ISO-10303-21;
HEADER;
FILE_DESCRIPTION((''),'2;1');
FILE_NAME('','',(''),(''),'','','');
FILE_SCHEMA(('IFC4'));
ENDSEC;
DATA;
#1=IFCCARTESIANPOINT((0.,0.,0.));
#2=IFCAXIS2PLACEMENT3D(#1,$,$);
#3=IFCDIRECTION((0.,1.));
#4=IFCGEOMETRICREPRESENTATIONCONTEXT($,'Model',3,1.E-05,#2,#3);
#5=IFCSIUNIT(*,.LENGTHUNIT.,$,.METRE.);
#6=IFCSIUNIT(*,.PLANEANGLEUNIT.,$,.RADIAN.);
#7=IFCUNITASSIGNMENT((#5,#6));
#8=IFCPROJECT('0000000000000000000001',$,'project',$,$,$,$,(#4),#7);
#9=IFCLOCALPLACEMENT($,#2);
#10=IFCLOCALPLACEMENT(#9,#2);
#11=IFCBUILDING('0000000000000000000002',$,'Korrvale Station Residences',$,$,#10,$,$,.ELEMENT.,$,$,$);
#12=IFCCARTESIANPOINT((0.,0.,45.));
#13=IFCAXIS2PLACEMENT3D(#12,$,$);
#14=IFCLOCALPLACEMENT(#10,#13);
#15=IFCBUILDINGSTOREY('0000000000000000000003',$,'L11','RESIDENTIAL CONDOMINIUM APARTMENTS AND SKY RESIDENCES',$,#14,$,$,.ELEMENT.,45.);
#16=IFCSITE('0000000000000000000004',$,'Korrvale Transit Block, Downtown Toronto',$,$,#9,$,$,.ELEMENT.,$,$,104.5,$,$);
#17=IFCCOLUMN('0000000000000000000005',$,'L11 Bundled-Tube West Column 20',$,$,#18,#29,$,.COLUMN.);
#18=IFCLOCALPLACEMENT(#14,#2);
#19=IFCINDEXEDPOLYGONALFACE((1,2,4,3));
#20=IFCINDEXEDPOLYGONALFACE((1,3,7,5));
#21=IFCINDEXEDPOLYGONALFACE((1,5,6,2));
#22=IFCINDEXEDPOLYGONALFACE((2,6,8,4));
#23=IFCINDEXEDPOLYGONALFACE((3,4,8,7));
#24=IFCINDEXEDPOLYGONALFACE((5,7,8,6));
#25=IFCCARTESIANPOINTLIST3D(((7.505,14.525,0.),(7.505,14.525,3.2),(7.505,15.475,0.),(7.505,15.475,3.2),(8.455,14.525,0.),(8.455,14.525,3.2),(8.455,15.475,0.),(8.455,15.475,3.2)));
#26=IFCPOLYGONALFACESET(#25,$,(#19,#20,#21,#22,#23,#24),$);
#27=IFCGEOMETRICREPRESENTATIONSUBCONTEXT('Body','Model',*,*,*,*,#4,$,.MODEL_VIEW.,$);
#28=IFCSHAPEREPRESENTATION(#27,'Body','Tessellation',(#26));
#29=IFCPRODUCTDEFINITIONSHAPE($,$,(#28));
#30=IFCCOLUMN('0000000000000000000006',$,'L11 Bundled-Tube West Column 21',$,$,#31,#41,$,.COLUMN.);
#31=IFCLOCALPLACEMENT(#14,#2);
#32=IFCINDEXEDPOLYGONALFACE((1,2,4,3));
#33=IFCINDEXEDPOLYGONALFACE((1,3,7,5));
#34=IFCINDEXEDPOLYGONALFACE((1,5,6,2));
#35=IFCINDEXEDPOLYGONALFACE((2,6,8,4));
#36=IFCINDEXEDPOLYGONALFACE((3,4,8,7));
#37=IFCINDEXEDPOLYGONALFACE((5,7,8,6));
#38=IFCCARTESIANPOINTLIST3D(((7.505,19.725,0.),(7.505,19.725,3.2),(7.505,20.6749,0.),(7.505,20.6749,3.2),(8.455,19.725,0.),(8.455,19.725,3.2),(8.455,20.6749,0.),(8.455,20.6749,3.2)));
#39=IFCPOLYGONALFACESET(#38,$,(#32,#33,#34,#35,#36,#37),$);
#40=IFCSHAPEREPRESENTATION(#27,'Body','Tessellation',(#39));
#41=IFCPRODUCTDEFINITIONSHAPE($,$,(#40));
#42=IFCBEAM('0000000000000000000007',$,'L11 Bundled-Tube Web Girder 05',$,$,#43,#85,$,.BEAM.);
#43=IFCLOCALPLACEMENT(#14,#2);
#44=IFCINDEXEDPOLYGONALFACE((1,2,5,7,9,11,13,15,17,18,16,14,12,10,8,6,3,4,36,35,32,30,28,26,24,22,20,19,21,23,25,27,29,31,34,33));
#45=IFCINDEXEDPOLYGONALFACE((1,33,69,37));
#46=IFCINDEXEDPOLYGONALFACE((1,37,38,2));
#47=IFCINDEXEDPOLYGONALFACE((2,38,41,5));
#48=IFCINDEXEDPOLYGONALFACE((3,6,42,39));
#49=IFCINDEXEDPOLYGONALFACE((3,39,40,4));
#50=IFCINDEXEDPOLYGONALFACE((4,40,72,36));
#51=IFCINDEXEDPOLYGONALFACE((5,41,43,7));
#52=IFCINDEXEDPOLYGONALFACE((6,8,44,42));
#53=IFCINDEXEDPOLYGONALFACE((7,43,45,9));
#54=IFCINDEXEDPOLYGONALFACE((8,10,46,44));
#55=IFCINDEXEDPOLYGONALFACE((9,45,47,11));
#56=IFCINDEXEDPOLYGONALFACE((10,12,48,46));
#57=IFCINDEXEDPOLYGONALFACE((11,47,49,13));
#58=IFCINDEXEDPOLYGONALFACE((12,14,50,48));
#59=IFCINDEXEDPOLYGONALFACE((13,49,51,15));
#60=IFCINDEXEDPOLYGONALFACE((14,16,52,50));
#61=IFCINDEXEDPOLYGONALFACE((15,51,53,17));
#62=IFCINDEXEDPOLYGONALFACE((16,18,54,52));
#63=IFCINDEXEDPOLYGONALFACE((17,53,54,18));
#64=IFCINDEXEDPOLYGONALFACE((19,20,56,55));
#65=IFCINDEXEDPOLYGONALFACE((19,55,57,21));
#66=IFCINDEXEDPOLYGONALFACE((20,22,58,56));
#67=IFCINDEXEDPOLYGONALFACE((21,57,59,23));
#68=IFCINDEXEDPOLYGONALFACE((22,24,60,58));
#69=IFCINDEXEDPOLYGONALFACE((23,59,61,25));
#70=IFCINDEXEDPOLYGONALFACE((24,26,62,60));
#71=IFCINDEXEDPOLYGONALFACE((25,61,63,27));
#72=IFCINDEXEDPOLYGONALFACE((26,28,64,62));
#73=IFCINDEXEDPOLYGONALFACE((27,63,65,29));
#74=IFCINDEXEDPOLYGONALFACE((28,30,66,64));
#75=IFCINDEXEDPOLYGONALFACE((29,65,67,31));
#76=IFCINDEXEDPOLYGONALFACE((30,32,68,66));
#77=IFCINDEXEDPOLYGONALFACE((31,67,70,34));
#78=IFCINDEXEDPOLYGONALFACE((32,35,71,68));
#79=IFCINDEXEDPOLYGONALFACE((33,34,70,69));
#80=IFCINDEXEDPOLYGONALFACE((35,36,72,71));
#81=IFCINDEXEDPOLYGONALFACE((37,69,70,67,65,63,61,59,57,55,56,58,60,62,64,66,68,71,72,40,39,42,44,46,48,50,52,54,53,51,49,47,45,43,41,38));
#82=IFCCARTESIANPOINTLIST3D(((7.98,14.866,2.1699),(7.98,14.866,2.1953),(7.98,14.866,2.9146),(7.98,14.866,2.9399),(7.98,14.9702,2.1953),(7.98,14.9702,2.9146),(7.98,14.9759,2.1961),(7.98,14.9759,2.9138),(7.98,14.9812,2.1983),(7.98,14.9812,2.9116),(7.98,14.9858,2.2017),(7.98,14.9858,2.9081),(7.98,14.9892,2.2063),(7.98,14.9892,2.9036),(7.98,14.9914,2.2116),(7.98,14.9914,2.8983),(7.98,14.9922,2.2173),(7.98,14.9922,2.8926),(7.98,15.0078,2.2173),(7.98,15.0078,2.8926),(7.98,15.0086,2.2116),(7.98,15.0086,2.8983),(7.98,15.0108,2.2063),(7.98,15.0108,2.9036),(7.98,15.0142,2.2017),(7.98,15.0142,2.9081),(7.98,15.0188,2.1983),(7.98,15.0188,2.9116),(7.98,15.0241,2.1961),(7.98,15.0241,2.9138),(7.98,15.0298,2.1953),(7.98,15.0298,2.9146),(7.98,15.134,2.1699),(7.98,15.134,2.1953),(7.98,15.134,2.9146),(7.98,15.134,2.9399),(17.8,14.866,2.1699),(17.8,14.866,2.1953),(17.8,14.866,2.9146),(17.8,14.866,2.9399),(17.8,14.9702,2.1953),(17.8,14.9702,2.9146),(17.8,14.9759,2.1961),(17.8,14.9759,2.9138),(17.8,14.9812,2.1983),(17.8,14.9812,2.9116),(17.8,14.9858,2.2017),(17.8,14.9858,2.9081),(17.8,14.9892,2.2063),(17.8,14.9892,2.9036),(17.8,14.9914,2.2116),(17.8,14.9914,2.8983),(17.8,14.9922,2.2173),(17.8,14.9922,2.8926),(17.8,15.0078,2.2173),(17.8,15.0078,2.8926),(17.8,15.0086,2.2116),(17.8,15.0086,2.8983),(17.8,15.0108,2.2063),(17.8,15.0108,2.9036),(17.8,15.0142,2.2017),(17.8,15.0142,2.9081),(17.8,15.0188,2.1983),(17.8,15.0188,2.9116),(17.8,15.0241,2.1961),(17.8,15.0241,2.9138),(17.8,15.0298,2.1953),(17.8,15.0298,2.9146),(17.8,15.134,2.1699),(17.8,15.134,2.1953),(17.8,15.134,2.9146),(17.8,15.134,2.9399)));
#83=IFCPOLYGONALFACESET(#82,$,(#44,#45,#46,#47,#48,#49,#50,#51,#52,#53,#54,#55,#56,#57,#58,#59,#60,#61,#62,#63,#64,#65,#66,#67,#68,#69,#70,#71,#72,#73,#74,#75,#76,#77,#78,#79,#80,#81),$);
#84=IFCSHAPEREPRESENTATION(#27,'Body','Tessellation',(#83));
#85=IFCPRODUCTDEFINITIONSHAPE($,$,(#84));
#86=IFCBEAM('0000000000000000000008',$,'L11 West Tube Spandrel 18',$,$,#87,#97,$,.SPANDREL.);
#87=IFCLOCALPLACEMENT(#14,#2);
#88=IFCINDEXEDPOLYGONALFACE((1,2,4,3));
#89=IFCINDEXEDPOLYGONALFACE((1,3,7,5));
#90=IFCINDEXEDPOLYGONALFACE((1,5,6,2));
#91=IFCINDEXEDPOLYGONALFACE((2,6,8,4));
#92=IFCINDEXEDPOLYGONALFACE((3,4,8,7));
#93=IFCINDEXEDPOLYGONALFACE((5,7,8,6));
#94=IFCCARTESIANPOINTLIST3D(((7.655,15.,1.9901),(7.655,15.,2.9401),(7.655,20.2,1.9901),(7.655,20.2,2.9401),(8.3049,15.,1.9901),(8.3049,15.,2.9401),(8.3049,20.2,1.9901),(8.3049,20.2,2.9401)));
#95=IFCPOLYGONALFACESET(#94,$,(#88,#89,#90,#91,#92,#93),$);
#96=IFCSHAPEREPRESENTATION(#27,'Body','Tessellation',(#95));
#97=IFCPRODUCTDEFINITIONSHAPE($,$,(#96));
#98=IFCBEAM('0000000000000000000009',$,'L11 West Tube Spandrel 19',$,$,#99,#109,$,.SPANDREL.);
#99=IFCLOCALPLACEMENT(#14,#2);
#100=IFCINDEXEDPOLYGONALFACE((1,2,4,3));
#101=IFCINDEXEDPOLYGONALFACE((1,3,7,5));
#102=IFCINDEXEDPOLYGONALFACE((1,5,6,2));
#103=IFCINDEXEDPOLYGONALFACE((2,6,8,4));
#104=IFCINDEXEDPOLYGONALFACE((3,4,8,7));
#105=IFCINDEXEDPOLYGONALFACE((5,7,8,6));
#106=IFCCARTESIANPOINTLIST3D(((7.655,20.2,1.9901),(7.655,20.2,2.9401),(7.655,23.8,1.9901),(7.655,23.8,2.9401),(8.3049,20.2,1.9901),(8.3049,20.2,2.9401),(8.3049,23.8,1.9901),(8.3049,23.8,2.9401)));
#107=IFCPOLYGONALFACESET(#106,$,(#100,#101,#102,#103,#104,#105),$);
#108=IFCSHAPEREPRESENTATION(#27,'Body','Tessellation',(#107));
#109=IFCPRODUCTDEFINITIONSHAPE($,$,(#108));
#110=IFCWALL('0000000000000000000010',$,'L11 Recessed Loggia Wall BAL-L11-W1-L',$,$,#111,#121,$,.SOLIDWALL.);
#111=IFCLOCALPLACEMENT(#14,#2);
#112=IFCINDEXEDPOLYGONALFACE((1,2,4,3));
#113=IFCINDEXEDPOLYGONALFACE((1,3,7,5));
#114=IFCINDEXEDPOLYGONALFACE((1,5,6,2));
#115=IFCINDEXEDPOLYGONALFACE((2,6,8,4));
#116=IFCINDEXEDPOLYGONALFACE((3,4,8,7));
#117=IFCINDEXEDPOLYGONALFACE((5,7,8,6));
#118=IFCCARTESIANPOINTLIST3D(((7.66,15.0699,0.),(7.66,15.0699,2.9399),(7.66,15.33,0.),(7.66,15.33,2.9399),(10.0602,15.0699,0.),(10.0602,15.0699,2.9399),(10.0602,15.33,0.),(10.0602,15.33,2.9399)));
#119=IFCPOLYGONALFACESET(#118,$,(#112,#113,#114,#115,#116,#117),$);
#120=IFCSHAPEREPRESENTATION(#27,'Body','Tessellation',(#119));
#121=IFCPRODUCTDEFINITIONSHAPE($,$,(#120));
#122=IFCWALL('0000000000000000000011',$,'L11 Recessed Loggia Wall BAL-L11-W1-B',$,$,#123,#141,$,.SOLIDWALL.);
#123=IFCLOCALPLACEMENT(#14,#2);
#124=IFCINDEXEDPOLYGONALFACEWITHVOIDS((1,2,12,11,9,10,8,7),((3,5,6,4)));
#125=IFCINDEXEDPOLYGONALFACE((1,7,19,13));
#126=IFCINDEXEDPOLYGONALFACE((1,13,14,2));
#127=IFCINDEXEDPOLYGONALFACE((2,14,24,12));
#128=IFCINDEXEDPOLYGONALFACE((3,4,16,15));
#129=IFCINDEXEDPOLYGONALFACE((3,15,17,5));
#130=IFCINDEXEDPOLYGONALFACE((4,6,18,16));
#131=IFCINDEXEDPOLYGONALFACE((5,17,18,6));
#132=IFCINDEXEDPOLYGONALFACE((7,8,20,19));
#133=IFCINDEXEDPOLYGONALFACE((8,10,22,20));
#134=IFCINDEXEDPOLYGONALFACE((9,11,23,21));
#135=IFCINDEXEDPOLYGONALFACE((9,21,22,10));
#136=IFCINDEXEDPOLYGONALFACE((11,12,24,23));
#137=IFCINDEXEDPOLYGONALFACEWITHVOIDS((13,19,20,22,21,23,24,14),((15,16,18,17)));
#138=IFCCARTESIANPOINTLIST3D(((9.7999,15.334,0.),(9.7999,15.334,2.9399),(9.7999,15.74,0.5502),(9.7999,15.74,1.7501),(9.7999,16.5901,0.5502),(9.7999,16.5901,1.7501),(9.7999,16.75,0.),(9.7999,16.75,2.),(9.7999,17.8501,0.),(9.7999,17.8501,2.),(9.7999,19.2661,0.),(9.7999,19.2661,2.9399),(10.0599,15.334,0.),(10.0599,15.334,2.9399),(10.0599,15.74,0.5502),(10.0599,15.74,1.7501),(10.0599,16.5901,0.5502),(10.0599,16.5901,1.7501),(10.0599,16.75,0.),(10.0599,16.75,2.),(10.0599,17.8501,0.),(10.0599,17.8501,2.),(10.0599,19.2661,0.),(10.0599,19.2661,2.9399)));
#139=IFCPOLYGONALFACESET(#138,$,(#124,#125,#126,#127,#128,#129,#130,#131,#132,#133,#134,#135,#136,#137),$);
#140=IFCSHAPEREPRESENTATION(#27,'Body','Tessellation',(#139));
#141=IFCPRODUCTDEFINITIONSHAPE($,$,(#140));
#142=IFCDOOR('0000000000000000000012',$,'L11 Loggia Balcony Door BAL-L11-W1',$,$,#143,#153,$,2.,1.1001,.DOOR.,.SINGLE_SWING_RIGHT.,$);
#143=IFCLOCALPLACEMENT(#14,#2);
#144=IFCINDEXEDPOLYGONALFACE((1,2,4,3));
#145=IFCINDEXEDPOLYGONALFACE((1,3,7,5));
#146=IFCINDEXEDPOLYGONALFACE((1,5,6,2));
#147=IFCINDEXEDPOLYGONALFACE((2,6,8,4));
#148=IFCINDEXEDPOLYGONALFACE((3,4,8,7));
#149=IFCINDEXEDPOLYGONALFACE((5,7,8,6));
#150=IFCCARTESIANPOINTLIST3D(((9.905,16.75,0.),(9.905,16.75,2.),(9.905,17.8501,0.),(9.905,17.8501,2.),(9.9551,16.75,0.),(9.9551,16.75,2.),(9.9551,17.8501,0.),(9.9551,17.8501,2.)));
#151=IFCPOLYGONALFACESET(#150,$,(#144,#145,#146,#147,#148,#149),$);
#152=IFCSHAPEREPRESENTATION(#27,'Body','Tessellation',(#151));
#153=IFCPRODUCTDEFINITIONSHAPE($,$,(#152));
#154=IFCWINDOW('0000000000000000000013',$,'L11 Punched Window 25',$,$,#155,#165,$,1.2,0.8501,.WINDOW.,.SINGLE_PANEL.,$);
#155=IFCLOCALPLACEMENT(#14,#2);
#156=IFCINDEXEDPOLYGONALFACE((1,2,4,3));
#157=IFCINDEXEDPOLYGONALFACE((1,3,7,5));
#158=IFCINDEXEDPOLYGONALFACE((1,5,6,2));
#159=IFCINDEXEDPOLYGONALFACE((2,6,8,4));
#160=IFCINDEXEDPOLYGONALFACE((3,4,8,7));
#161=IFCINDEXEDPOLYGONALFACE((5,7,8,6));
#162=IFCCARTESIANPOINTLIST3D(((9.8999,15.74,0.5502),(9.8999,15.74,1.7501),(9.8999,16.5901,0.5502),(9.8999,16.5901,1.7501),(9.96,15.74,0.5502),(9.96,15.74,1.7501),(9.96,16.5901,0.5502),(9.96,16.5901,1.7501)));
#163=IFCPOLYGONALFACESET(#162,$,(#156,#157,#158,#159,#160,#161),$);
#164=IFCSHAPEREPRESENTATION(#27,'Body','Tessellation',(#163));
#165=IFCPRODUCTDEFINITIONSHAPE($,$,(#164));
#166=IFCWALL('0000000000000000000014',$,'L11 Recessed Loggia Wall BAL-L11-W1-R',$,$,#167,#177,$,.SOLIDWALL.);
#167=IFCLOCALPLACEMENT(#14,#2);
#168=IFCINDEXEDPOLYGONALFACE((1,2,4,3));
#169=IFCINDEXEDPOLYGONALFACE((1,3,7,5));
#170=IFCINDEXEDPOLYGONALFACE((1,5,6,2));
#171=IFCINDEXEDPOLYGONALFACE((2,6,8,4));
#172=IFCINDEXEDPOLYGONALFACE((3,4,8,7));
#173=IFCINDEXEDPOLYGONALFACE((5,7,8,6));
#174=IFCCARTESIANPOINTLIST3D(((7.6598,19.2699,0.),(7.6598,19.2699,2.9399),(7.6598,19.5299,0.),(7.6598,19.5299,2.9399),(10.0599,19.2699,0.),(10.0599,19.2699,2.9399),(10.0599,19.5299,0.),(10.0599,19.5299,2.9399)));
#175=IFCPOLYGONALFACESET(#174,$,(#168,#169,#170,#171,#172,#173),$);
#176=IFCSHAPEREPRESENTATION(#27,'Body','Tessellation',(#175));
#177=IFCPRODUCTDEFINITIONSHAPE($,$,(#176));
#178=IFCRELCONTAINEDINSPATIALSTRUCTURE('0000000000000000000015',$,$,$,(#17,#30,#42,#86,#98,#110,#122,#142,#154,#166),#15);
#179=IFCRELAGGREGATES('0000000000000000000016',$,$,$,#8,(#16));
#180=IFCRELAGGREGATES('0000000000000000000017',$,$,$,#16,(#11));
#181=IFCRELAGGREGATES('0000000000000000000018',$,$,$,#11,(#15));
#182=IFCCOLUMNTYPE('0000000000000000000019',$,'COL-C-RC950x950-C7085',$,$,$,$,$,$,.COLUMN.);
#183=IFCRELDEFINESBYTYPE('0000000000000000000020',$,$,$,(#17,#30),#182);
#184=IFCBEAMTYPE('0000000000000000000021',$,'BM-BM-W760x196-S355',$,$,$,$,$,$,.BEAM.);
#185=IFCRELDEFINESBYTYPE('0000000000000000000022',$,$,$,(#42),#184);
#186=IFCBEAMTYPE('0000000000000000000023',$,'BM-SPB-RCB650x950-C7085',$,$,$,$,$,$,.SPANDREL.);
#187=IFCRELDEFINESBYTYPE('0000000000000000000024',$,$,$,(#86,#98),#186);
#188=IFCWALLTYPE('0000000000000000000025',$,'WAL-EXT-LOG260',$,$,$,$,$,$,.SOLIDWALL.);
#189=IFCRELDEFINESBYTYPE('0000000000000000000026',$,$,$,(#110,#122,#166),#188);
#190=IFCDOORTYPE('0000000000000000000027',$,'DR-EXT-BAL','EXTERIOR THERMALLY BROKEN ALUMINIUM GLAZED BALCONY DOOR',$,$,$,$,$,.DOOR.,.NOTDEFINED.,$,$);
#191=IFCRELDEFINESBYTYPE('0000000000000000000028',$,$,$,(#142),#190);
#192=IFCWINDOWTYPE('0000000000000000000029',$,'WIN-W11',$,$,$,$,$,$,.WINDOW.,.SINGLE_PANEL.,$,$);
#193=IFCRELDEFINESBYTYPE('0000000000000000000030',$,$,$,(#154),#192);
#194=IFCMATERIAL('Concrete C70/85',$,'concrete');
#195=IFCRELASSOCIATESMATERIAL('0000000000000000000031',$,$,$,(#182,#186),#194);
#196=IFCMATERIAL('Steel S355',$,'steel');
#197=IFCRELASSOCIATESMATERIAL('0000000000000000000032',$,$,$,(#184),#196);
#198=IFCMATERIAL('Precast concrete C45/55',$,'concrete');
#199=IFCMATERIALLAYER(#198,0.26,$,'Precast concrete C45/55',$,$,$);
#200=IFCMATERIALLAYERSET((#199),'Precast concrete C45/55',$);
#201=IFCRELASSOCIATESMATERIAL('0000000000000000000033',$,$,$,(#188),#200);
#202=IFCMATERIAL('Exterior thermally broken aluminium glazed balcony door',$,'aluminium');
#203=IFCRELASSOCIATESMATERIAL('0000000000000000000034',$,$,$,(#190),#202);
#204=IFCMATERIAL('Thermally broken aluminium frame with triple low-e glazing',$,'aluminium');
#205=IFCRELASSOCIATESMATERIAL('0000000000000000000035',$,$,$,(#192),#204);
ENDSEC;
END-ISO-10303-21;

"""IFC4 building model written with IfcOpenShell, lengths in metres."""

from ifc_helpers import new_model, si_unit, direction, frame, frame_2d, origin, origin_2d, place, context, subcontext, project, spatial, rectangle, i_section, extrude, material, layer, layer_set, material_profile, profile_set, type_object, element, fill, save


model = new_model("IFC4")

# Units and contexts
model_context = context("Model", 3, precision=1e-05, world=origin(), true_north=direction((0.0, 1.0)))
body_context = subcontext(model_context, "Body", "Model", "MODEL_VIEW")
ifc_project = project(units=[si_unit("LENGTHUNIT", "METRE"), si_unit("PLANEANGLEUNIT", "RADIAN")], contexts=[model_context])

# Site, building, storey
site_placement = place(None, origin())
site = spatial("IfcSite", under=ifc_project, at=site_placement, Name="Korrvale Transit Block, Downtown Toronto", CompositionType="ELEMENT", RefElevation=104.5)
building_placement = place(site_placement, origin())
building = spatial("IfcBuilding", under=site, at=building_placement, Name="Korrvale Station Residences", CompositionType="ELEMENT")
storey_placement = place(building_placement, frame((0.0, 0.0, 45.0)))
storey = spatial("IfcBuildingStorey", under=building, at=storey_placement, Name="L11", Description="RESIDENTIAL CONDOMINIUM APARTMENTS AND SKY RESIDENCES", CompositionType="ELEMENT", Elevation=45.0)

# Columns
ifc_material_1 = material(Name="Concrete C70/85", Category="concrete")
ifc_material_profile_1 = material_profile(ifc_material_1, rectangle(XDim=0.95, YDim=0.95, at=origin_2d()), Name="RC950x950")
ifc_profile_set_1 = profile_set([ifc_material_profile_1], Name="Concrete C70/85")
column_type = type_object("IfcColumnType", Name="COL-C-RC950x950-C7085", PredefinedType="COLUMN", material=ifc_profile_set_1)
for number, where, z_axis, x_axis, name in (
    (1, (7.98, 15.0, 0.0), (0.0, 0.0, 1.0), (1.0, 0.0, 0.0), "L11 Bundled-Tube West Column 20"),
    (2, (7.98, 20.2, 0.0), (0.0, 0.0, 1.0), (1.0, 0.0, 0.0), "L11 Bundled-Tube West Column 21"),
):
    element("IfcColumn", number, at=place(storey_placement, frame(where, z_axis=z_axis, x_axis=x_axis)), inside=storey, type_object=column_type, Name=name, PredefinedType="COLUMN", context=body_context, shape_type="SweptSolid", body=[
        extrude(rectangle(XDim=0.95, YDim=0.95, at=origin_2d()), origin(), (0.0, 0.0, 1.0), 3.2),
    ])

# Beams
ifc_material_2 = material(Name="Steel S355", Category="steel")
ifc_material_profile_2 = material_profile(ifc_material_2, i_section(OverallWidth=0.2681, OverallDepth=0.77, WebThickness=0.0156, FlangeThickness=0.0254, FilletRadius=0.022, at=origin_2d()), Name="W760x196")
ifc_profile_set_2 = profile_set([ifc_material_profile_2], Name="Steel S355")
beam_type_1 = type_object("IfcBeamType", Name="BM-BM-W760x196-S355", PredefinedType="BEAM", material=ifc_profile_set_2)
beam_1_placement = place(storey_placement, frame((7.98, 15.0, 2.5549), z_axis=(1.0, 0.0, 0.0), x_axis=(0.0, 1.0, 0.0)))
element("IfcBeam", 3, at=beam_1_placement, inside=storey, type_object=beam_type_1, Name="L11 Bundled-Tube Web Girder 05", PredefinedType="BEAM", context=body_context, shape_type="SweptSolid", body=[
    extrude(i_section(OverallWidth=0.2681, OverallDepth=0.77, WebThickness=0.0156, FlangeThickness=0.0254, FilletRadius=0.022, at=origin_2d()), origin(), (0.0, 0.0, 1.0), 9.8201),
])
ifc_material_profile_3 = material_profile(ifc_material_1, rectangle(XDim=0.6499, YDim=0.95, at=origin_2d()), Name="RCB650x950")
ifc_profile_set_3 = profile_set([ifc_material_profile_3], Name="Concrete C70/85")
beam_type_2 = type_object("IfcBeamType", Name="BM-SPB-RCB650x950-C7085", PredefinedType="SPANDREL", material=ifc_profile_set_3)
beam_2_placement = place(storey_placement, frame((7.98, 15.0, 2.4651), z_axis=(0.0, 1.0, 0.0), x_axis=(-1.0, 0.0, 0.0)))
element("IfcBeam", 4, at=beam_2_placement, inside=storey, type_object=beam_type_2, Name="L11 West Tube Spandrel 18", PredefinedType="SPANDREL", context=body_context, shape_type="SweptSolid", body=[
    extrude(rectangle(XDim=0.6499, YDim=0.95, at=origin_2d()), origin(), (0.0, 0.0, 1.0), 5.2),
])
beam_3_placement = place(storey_placement, frame((7.98, 20.2, 2.4651), z_axis=(0.0, 1.0, 0.0), x_axis=(-1.0, 0.0, 0.0)))
element("IfcBeam", 5, at=beam_3_placement, inside=storey, type_object=beam_type_2, Name="L11 West Tube Spandrel 19", PredefinedType="SPANDREL", context=body_context, shape_type="SweptSolid", body=[
    extrude(rectangle(XDim=0.6499, YDim=0.95, at=origin_2d()), origin(), (0.0, 0.0, 1.0), 3.6001),
])

# Wall
ifc_material_3 = material(Name="Precast concrete C45/55", Category="concrete")
ifc_layer_1 = layer(ifc_material_3, 0.26, Name="Precast concrete C45/55")
ifc_layer_set_1 = layer_set([ifc_layer_1], Name="Precast concrete C45/55")
wall_type_1 = type_object("IfcWallType", Name="WAL-EXT-LOG260", PredefinedType="SOLIDWALL", material=ifc_layer_set_1)
wall_1_placement = place(storey_placement, frame((7.6599, 15.2, 0.0), z_axis=(0.0, 0.0, 1.0), x_axis=(1.0, 0.0, 0.0)))
element("IfcWall", 6, at=wall_1_placement, inside=storey, type_object=wall_type_1, Name="L11 Recessed Loggia Wall BAL-L11-W1-L", PredefinedType="SOLIDWALL", context=body_context, shape_type="SweptSolid", body=[
    extrude(rectangle(XDim=2.4001, YDim=0.26, at=frame_2d((1.2002, 0.0))), origin(), (0.0, 0.0, 1.0), 2.9399),
])

# Wall, openings, door, window
wall_2_placement = place(storey_placement, frame((9.9299, 15.334, 0.0), z_axis=(0.0, 0.0, 1.0), x_axis=(0.0, 1.0, 0.0)))
wall_2 = element("IfcWall", 7, at=wall_2_placement, inside=storey, type_object=wall_type_1, Name="L11 Recessed Loggia Wall BAL-L11-W1-B", PredefinedType="SOLIDWALL", context=body_context, shape_type="SweptSolid", body=[
    extrude(rectangle(XDim=3.9321, YDim=0.26, at=frame_2d((1.9661, 0.0))), origin(), (0.0, 0.0, 1.0), 2.9399),
])
opening_1_placement = place(wall_2_placement, frame((1.416, 0.0, 0.0)))
opening_1 = element("IfcOpeningElement", 8, at=opening_1_placement, cuts=wall_2, PredefinedType="OPENING", context=body_context, shape_type="SweptSolid", body=[
    extrude(rectangle(XDim=1.1001, YDim=2.0, at=frame_2d((0.55, 1.0))), frame((0.0, 0.1401, 0.0), z_axis=(0.0, -1.0, 0.0), x_axis=(1.0, 0.0, 0.0)), (0.0, 0.0, 1.0), 0.28),
])
opening_2_placement = place(wall_2_placement, frame((0.406, 0.0, 0.55)))
opening_2 = element("IfcOpeningElement", 9, at=opening_2_placement, cuts=wall_2, PredefinedType="OPENING", context=body_context, shape_type="SweptSolid", body=[
    extrude(rectangle(XDim=0.8501, YDim=1.2, at=frame_2d((0.425, 0.6001))), frame((0.0, 0.1401, 0.0), z_axis=(0.0, -1.0, 0.0), x_axis=(1.0, 0.0, 0.0)), (0.0, 0.0, 1.0), 0.28),
])
ifc_material_4 = material(Name="Exterior thermally broken aluminium glazed balcony door", Category="aluminium")
door_type = type_object("IfcDoorType", Name="DR-EXT-BAL", Description="EXTERIOR THERMALLY BROKEN ALUMINIUM GLAZED BALCONY DOOR", OperationType="NOTDEFINED", PredefinedType="DOOR", material=ifc_material_4)
door_placement = place(opening_1_placement, origin())
door = element("IfcDoor", 10, at=door_placement, inside=storey, type_object=door_type, Name="L11 Loggia Balcony Door BAL-L11-W1", OperationType="SINGLE_SWING_RIGHT", OverallHeight=2.0, OverallWidth=1.1001, PredefinedType="DOOR", context=body_context, shape_type="SweptSolid", body=[
    extrude(rectangle(XDim=1.1001, YDim=2.0, at=frame_2d((0.55, 1.0))), frame((0.0, 0.0249, 0.0), z_axis=(0.0, -1.0, 0.0), x_axis=(1.0, 0.0, 0.0)), (0.0, 0.0, 1.0), 0.05),
])
fill(opening_1, door)
ifc_material_5 = material(Name="Thermally broken aluminium frame with triple low-e glazing", Category="aluminium")
window_type_1 = type_object("IfcWindowType", Name="WIN-W11", PartitioningType="SINGLE_PANEL", PredefinedType="WINDOW", material=ifc_material_5)
window_1_placement = place(opening_2_placement, origin())
window_1 = element("IfcWindow", 11, at=window_1_placement, inside=storey, type_object=window_type_1, Name="L11 Punched Window 25", OverallHeight=1.2, OverallWidth=0.8501, PartitioningType="SINGLE_PANEL", PredefinedType="WINDOW", context=body_context, shape_type="SweptSolid", body=[
    extrude(rectangle(XDim=0.8501, YDim=1.2, at=frame_2d((0.425, 0.6001))), frame((0.0, 0.03, 0.0), z_axis=(0.0, -1.0, 0.0), x_axis=(1.0, 0.0, 0.0)), (0.0, 0.0, 1.0), 0.0601),
])
fill(opening_2, window_1)

# Wall
wall_3_placement = place(storey_placement, frame((10.0601, 19.3999, 0.0), z_axis=(0.0, 0.0, 1.0), x_axis=(-1.0, 0.0, 0.0)))
element("IfcWall", 12, at=wall_3_placement, inside=storey, type_object=wall_type_1, Name="L11 Recessed Loggia Wall BAL-L11-W1-R", PredefinedType="SOLIDWALL", context=body_context, shape_type="SweptSolid", body=[
    extrude(rectangle(XDim=2.4001, YDim=0.26, at=frame_2d((1.2002, 0.0))), origin(), (0.0, 0.0, 1.0), 2.9399),
])

save(model, "model.ifc")
